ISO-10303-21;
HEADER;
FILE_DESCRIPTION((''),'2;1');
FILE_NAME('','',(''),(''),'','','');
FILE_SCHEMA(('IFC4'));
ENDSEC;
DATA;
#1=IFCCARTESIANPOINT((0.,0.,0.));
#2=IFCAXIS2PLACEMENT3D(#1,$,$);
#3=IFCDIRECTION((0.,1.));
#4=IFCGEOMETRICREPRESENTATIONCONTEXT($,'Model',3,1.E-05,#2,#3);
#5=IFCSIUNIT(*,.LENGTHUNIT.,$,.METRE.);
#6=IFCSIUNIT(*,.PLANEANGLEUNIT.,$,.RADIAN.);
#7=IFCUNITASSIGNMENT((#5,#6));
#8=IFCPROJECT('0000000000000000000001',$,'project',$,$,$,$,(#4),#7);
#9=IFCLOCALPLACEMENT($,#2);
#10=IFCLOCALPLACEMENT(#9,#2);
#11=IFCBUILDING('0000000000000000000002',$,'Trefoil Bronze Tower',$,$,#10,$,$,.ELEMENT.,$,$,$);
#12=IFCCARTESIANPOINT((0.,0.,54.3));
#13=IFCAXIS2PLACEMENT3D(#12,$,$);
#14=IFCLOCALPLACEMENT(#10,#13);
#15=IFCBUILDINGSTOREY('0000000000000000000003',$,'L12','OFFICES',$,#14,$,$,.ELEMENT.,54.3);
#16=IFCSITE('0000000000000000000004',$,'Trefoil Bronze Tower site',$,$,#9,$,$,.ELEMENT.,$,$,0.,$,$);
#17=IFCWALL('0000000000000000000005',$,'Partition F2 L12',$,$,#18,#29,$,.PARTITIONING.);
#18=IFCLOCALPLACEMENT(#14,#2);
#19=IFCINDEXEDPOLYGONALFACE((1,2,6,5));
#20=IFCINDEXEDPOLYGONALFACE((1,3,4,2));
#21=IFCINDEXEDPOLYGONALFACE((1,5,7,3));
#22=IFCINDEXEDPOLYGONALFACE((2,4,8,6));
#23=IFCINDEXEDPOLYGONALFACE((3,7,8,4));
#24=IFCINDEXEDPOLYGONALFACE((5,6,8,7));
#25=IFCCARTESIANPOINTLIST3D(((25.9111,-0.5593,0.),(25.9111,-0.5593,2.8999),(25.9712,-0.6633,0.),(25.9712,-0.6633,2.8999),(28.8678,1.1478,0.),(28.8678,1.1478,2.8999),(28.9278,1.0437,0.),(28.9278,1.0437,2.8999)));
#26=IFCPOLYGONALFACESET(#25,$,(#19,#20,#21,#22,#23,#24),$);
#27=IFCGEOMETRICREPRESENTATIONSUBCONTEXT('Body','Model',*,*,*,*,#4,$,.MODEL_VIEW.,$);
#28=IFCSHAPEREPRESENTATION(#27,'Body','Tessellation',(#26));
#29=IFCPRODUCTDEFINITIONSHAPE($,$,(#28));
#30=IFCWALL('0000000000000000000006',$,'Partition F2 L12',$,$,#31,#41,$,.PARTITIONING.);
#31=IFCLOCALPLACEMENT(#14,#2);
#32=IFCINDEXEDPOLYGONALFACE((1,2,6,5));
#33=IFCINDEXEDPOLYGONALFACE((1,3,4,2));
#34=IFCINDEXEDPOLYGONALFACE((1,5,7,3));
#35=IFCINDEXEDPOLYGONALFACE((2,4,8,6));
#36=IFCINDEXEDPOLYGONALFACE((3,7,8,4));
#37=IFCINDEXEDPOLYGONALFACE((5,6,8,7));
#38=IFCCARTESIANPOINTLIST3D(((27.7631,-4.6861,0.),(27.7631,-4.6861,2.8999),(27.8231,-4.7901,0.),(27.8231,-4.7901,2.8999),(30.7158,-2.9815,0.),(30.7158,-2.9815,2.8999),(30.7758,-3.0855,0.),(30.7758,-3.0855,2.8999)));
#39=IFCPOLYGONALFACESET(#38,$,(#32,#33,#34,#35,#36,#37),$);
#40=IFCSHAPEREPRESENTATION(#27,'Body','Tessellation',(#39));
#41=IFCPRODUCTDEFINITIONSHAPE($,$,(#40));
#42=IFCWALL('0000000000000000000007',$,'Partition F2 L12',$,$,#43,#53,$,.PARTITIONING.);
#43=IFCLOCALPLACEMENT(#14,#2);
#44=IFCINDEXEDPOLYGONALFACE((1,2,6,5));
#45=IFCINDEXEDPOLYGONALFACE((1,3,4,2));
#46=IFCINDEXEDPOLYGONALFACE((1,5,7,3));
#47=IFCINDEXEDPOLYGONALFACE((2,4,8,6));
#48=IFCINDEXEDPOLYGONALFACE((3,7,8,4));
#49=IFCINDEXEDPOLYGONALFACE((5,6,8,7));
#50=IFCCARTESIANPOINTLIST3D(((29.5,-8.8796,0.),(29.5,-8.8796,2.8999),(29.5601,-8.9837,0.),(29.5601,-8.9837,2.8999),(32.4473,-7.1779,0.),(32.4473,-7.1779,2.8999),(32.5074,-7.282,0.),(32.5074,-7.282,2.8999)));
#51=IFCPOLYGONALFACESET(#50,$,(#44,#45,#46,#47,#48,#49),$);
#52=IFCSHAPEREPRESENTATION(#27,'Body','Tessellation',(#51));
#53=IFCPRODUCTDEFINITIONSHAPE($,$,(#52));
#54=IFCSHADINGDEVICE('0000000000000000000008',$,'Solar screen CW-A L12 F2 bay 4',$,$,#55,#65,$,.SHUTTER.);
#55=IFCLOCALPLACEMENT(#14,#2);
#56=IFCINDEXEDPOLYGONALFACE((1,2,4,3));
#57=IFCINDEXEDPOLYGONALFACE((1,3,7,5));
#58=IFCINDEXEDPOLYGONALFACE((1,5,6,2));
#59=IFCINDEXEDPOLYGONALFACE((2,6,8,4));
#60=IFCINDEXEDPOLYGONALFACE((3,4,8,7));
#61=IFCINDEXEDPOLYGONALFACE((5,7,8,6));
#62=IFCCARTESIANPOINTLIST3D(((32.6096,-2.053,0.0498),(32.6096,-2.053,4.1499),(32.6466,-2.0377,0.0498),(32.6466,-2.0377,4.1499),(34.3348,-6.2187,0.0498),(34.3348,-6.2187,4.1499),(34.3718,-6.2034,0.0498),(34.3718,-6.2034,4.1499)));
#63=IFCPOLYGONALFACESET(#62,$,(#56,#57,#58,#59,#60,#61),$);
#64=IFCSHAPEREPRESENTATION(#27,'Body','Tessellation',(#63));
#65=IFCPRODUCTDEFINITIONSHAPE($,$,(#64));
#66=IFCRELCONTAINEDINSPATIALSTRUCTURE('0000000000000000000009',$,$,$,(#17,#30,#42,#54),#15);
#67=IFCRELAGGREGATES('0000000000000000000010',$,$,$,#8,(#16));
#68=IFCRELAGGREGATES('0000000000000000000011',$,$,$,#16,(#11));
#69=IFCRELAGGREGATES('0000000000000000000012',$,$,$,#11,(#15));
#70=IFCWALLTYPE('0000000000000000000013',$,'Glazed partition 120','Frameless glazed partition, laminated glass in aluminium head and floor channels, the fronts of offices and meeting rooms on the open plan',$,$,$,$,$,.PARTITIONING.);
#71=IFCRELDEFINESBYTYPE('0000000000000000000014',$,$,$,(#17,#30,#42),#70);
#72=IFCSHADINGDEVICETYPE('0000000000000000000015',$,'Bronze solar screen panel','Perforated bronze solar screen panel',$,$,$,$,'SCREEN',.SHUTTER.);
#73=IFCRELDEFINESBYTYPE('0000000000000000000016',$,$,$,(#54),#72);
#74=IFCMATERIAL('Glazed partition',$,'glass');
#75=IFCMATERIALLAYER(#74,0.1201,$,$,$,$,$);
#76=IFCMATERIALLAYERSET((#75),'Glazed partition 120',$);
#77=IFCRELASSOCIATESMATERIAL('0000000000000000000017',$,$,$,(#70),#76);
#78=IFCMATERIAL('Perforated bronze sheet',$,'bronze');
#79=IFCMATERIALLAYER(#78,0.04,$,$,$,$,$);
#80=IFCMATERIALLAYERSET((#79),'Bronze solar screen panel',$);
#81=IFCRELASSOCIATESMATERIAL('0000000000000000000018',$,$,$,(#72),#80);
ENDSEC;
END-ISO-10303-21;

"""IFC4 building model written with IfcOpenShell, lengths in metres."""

from ifc_helpers import new_model, si_unit, direction, frame, frame_2d, origin, origin_2d, place, context, subcontext, project, spatial, rectangle, extrude, material, layer, layer_set, type_object, element, save


model = new_model("IFC4")

# Units and contexts
model_context = context("Model", 3, precision=1e-05, world=origin(), true_north=direction((0.0, 1.0)))
body_context = subcontext(model_context, "Body", "Model", "MODEL_VIEW")
ifc_project = project(units=[si_unit("LENGTHUNIT", "METRE"), si_unit("PLANEANGLEUNIT", "RADIAN")], contexts=[model_context])

# Site, building, storey
site_placement = place(None, origin())
site = spatial("IfcSite", under=ifc_project, at=site_placement, Name="Trefoil Bronze Tower site", CompositionType="ELEMENT", RefElevation=0.0)
building_placement = place(site_placement, origin())
building = spatial("IfcBuilding", under=site, at=building_placement, Name="Trefoil Bronze Tower", CompositionType="ELEMENT")
storey_placement = place(building_placement, frame((0.0, 0.0, 54.3)))
storey = spatial("IfcBuildingStorey", under=building, at=storey_placement, Name="L12", Description="OFFICES", CompositionType="ELEMENT", Elevation=54.3)

# Shared definitions
ifc_material_1 = material(Name="Glazed partition", Category="glass")
ifc_layer_1 = layer(ifc_material_1, 0.1201)
ifc_layer_set_1 = layer_set([ifc_layer_1], Name="Glazed partition 120")
wall_type = type_object("IfcWallType", Name="Glazed partition 120", Description="Frameless glazed partition, laminated glass in aluminium head and floor channels, the fronts of offices and meeting rooms on the open plan", PredefinedType="PARTITIONING", material=ifc_layer_set_1)

# Walls
wall_1_placement = place(storey_placement, frame((25.9412, -0.6113, 0.0), z_axis=(0.0, 0.0, 1.0), x_axis=(0.866016, 0.500015, 0.0)))
element("IfcWall", 1, at=wall_1_placement, inside=storey, type_object=wall_type, Name="Partition F2 L12", PredefinedType="PARTITIONING", context=body_context, shape_type="SweptSolid", body=[
    extrude(rectangle(XDim=3.4141, YDim=0.1201, at=frame_2d((1.707, 0.0))), origin(), (0.0, 0.0, 1.0), 2.8999),
])
wall_2_placement = place(storey_placement, frame((27.7932, -4.738, 0.0), z_axis=(0.0, 0.0, 1.0), x_axis=(0.86604, 0.499975, 0.0)))
element("IfcWall", 2, at=wall_2_placement, inside=storey, type_object=wall_type, Name="Partition F2 L12", PredefinedType="PARTITIONING", context=body_context, shape_type="SweptSolid", body=[
    extrude(rectangle(XDim=3.4094, YDim=0.1201, at=frame_2d((1.7046, 0.0))), origin(), (0.0, 0.0, 1.0), 2.8999),
])
wall_3_placement = place(storey_placement, frame((29.53, -8.9316, 0.0), z_axis=(0.0, 0.0, 1.0), x_axis=(0.866018, 0.500012, 0.0)))
element("IfcWall", 3, at=wall_3_placement, inside=storey, type_object=wall_type, Name="Partition F2 L12", PredefinedType="PARTITIONING", context=body_context, shape_type="SweptSolid", body=[
    extrude(rectangle(XDim=3.4033, YDim=0.1201, at=frame_2d((1.7017, 0.0))), origin(), (0.0, 0.0, 1.0), 2.8999),
])

# Shading device
ifc_material_2 = material(Name="Perforated bronze sheet", Category="bronze")
ifc_layer_2 = layer(ifc_material_2, 0.04)
ifc_layer_set_2 = layer_set([ifc_layer_2], Name="Bronze solar screen panel")
shading_device_type = type_object("IfcShadingDeviceType", Name="Bronze solar screen panel", Description="Perforated bronze solar screen panel", ElementType="SCREEN", PredefinedType="SHUTTER", material=ifc_layer_set_2)
shading_device_placement = place(storey_placement, frame((33.4907, -4.1282, 0.0498), z_axis=(0.0, 0.0, 1.0), x_axis=(-0.38263, 0.923902, 0.0)))
element("IfcShadingDevice", 4, at=shading_device_placement, inside=storey, type_object=shading_device_type, Name="Solar screen CW-A L12 F2 bay 4", PredefinedType="SHUTTER", context=body_context, shape_type="SweptSolid", body=[
    extrude(rectangle(XDim=4.5088, YDim=0.04, at=origin_2d()), origin(), (0.0, 0.0, 1.0), 4.1001),
])

save(model, "model.ifc")
